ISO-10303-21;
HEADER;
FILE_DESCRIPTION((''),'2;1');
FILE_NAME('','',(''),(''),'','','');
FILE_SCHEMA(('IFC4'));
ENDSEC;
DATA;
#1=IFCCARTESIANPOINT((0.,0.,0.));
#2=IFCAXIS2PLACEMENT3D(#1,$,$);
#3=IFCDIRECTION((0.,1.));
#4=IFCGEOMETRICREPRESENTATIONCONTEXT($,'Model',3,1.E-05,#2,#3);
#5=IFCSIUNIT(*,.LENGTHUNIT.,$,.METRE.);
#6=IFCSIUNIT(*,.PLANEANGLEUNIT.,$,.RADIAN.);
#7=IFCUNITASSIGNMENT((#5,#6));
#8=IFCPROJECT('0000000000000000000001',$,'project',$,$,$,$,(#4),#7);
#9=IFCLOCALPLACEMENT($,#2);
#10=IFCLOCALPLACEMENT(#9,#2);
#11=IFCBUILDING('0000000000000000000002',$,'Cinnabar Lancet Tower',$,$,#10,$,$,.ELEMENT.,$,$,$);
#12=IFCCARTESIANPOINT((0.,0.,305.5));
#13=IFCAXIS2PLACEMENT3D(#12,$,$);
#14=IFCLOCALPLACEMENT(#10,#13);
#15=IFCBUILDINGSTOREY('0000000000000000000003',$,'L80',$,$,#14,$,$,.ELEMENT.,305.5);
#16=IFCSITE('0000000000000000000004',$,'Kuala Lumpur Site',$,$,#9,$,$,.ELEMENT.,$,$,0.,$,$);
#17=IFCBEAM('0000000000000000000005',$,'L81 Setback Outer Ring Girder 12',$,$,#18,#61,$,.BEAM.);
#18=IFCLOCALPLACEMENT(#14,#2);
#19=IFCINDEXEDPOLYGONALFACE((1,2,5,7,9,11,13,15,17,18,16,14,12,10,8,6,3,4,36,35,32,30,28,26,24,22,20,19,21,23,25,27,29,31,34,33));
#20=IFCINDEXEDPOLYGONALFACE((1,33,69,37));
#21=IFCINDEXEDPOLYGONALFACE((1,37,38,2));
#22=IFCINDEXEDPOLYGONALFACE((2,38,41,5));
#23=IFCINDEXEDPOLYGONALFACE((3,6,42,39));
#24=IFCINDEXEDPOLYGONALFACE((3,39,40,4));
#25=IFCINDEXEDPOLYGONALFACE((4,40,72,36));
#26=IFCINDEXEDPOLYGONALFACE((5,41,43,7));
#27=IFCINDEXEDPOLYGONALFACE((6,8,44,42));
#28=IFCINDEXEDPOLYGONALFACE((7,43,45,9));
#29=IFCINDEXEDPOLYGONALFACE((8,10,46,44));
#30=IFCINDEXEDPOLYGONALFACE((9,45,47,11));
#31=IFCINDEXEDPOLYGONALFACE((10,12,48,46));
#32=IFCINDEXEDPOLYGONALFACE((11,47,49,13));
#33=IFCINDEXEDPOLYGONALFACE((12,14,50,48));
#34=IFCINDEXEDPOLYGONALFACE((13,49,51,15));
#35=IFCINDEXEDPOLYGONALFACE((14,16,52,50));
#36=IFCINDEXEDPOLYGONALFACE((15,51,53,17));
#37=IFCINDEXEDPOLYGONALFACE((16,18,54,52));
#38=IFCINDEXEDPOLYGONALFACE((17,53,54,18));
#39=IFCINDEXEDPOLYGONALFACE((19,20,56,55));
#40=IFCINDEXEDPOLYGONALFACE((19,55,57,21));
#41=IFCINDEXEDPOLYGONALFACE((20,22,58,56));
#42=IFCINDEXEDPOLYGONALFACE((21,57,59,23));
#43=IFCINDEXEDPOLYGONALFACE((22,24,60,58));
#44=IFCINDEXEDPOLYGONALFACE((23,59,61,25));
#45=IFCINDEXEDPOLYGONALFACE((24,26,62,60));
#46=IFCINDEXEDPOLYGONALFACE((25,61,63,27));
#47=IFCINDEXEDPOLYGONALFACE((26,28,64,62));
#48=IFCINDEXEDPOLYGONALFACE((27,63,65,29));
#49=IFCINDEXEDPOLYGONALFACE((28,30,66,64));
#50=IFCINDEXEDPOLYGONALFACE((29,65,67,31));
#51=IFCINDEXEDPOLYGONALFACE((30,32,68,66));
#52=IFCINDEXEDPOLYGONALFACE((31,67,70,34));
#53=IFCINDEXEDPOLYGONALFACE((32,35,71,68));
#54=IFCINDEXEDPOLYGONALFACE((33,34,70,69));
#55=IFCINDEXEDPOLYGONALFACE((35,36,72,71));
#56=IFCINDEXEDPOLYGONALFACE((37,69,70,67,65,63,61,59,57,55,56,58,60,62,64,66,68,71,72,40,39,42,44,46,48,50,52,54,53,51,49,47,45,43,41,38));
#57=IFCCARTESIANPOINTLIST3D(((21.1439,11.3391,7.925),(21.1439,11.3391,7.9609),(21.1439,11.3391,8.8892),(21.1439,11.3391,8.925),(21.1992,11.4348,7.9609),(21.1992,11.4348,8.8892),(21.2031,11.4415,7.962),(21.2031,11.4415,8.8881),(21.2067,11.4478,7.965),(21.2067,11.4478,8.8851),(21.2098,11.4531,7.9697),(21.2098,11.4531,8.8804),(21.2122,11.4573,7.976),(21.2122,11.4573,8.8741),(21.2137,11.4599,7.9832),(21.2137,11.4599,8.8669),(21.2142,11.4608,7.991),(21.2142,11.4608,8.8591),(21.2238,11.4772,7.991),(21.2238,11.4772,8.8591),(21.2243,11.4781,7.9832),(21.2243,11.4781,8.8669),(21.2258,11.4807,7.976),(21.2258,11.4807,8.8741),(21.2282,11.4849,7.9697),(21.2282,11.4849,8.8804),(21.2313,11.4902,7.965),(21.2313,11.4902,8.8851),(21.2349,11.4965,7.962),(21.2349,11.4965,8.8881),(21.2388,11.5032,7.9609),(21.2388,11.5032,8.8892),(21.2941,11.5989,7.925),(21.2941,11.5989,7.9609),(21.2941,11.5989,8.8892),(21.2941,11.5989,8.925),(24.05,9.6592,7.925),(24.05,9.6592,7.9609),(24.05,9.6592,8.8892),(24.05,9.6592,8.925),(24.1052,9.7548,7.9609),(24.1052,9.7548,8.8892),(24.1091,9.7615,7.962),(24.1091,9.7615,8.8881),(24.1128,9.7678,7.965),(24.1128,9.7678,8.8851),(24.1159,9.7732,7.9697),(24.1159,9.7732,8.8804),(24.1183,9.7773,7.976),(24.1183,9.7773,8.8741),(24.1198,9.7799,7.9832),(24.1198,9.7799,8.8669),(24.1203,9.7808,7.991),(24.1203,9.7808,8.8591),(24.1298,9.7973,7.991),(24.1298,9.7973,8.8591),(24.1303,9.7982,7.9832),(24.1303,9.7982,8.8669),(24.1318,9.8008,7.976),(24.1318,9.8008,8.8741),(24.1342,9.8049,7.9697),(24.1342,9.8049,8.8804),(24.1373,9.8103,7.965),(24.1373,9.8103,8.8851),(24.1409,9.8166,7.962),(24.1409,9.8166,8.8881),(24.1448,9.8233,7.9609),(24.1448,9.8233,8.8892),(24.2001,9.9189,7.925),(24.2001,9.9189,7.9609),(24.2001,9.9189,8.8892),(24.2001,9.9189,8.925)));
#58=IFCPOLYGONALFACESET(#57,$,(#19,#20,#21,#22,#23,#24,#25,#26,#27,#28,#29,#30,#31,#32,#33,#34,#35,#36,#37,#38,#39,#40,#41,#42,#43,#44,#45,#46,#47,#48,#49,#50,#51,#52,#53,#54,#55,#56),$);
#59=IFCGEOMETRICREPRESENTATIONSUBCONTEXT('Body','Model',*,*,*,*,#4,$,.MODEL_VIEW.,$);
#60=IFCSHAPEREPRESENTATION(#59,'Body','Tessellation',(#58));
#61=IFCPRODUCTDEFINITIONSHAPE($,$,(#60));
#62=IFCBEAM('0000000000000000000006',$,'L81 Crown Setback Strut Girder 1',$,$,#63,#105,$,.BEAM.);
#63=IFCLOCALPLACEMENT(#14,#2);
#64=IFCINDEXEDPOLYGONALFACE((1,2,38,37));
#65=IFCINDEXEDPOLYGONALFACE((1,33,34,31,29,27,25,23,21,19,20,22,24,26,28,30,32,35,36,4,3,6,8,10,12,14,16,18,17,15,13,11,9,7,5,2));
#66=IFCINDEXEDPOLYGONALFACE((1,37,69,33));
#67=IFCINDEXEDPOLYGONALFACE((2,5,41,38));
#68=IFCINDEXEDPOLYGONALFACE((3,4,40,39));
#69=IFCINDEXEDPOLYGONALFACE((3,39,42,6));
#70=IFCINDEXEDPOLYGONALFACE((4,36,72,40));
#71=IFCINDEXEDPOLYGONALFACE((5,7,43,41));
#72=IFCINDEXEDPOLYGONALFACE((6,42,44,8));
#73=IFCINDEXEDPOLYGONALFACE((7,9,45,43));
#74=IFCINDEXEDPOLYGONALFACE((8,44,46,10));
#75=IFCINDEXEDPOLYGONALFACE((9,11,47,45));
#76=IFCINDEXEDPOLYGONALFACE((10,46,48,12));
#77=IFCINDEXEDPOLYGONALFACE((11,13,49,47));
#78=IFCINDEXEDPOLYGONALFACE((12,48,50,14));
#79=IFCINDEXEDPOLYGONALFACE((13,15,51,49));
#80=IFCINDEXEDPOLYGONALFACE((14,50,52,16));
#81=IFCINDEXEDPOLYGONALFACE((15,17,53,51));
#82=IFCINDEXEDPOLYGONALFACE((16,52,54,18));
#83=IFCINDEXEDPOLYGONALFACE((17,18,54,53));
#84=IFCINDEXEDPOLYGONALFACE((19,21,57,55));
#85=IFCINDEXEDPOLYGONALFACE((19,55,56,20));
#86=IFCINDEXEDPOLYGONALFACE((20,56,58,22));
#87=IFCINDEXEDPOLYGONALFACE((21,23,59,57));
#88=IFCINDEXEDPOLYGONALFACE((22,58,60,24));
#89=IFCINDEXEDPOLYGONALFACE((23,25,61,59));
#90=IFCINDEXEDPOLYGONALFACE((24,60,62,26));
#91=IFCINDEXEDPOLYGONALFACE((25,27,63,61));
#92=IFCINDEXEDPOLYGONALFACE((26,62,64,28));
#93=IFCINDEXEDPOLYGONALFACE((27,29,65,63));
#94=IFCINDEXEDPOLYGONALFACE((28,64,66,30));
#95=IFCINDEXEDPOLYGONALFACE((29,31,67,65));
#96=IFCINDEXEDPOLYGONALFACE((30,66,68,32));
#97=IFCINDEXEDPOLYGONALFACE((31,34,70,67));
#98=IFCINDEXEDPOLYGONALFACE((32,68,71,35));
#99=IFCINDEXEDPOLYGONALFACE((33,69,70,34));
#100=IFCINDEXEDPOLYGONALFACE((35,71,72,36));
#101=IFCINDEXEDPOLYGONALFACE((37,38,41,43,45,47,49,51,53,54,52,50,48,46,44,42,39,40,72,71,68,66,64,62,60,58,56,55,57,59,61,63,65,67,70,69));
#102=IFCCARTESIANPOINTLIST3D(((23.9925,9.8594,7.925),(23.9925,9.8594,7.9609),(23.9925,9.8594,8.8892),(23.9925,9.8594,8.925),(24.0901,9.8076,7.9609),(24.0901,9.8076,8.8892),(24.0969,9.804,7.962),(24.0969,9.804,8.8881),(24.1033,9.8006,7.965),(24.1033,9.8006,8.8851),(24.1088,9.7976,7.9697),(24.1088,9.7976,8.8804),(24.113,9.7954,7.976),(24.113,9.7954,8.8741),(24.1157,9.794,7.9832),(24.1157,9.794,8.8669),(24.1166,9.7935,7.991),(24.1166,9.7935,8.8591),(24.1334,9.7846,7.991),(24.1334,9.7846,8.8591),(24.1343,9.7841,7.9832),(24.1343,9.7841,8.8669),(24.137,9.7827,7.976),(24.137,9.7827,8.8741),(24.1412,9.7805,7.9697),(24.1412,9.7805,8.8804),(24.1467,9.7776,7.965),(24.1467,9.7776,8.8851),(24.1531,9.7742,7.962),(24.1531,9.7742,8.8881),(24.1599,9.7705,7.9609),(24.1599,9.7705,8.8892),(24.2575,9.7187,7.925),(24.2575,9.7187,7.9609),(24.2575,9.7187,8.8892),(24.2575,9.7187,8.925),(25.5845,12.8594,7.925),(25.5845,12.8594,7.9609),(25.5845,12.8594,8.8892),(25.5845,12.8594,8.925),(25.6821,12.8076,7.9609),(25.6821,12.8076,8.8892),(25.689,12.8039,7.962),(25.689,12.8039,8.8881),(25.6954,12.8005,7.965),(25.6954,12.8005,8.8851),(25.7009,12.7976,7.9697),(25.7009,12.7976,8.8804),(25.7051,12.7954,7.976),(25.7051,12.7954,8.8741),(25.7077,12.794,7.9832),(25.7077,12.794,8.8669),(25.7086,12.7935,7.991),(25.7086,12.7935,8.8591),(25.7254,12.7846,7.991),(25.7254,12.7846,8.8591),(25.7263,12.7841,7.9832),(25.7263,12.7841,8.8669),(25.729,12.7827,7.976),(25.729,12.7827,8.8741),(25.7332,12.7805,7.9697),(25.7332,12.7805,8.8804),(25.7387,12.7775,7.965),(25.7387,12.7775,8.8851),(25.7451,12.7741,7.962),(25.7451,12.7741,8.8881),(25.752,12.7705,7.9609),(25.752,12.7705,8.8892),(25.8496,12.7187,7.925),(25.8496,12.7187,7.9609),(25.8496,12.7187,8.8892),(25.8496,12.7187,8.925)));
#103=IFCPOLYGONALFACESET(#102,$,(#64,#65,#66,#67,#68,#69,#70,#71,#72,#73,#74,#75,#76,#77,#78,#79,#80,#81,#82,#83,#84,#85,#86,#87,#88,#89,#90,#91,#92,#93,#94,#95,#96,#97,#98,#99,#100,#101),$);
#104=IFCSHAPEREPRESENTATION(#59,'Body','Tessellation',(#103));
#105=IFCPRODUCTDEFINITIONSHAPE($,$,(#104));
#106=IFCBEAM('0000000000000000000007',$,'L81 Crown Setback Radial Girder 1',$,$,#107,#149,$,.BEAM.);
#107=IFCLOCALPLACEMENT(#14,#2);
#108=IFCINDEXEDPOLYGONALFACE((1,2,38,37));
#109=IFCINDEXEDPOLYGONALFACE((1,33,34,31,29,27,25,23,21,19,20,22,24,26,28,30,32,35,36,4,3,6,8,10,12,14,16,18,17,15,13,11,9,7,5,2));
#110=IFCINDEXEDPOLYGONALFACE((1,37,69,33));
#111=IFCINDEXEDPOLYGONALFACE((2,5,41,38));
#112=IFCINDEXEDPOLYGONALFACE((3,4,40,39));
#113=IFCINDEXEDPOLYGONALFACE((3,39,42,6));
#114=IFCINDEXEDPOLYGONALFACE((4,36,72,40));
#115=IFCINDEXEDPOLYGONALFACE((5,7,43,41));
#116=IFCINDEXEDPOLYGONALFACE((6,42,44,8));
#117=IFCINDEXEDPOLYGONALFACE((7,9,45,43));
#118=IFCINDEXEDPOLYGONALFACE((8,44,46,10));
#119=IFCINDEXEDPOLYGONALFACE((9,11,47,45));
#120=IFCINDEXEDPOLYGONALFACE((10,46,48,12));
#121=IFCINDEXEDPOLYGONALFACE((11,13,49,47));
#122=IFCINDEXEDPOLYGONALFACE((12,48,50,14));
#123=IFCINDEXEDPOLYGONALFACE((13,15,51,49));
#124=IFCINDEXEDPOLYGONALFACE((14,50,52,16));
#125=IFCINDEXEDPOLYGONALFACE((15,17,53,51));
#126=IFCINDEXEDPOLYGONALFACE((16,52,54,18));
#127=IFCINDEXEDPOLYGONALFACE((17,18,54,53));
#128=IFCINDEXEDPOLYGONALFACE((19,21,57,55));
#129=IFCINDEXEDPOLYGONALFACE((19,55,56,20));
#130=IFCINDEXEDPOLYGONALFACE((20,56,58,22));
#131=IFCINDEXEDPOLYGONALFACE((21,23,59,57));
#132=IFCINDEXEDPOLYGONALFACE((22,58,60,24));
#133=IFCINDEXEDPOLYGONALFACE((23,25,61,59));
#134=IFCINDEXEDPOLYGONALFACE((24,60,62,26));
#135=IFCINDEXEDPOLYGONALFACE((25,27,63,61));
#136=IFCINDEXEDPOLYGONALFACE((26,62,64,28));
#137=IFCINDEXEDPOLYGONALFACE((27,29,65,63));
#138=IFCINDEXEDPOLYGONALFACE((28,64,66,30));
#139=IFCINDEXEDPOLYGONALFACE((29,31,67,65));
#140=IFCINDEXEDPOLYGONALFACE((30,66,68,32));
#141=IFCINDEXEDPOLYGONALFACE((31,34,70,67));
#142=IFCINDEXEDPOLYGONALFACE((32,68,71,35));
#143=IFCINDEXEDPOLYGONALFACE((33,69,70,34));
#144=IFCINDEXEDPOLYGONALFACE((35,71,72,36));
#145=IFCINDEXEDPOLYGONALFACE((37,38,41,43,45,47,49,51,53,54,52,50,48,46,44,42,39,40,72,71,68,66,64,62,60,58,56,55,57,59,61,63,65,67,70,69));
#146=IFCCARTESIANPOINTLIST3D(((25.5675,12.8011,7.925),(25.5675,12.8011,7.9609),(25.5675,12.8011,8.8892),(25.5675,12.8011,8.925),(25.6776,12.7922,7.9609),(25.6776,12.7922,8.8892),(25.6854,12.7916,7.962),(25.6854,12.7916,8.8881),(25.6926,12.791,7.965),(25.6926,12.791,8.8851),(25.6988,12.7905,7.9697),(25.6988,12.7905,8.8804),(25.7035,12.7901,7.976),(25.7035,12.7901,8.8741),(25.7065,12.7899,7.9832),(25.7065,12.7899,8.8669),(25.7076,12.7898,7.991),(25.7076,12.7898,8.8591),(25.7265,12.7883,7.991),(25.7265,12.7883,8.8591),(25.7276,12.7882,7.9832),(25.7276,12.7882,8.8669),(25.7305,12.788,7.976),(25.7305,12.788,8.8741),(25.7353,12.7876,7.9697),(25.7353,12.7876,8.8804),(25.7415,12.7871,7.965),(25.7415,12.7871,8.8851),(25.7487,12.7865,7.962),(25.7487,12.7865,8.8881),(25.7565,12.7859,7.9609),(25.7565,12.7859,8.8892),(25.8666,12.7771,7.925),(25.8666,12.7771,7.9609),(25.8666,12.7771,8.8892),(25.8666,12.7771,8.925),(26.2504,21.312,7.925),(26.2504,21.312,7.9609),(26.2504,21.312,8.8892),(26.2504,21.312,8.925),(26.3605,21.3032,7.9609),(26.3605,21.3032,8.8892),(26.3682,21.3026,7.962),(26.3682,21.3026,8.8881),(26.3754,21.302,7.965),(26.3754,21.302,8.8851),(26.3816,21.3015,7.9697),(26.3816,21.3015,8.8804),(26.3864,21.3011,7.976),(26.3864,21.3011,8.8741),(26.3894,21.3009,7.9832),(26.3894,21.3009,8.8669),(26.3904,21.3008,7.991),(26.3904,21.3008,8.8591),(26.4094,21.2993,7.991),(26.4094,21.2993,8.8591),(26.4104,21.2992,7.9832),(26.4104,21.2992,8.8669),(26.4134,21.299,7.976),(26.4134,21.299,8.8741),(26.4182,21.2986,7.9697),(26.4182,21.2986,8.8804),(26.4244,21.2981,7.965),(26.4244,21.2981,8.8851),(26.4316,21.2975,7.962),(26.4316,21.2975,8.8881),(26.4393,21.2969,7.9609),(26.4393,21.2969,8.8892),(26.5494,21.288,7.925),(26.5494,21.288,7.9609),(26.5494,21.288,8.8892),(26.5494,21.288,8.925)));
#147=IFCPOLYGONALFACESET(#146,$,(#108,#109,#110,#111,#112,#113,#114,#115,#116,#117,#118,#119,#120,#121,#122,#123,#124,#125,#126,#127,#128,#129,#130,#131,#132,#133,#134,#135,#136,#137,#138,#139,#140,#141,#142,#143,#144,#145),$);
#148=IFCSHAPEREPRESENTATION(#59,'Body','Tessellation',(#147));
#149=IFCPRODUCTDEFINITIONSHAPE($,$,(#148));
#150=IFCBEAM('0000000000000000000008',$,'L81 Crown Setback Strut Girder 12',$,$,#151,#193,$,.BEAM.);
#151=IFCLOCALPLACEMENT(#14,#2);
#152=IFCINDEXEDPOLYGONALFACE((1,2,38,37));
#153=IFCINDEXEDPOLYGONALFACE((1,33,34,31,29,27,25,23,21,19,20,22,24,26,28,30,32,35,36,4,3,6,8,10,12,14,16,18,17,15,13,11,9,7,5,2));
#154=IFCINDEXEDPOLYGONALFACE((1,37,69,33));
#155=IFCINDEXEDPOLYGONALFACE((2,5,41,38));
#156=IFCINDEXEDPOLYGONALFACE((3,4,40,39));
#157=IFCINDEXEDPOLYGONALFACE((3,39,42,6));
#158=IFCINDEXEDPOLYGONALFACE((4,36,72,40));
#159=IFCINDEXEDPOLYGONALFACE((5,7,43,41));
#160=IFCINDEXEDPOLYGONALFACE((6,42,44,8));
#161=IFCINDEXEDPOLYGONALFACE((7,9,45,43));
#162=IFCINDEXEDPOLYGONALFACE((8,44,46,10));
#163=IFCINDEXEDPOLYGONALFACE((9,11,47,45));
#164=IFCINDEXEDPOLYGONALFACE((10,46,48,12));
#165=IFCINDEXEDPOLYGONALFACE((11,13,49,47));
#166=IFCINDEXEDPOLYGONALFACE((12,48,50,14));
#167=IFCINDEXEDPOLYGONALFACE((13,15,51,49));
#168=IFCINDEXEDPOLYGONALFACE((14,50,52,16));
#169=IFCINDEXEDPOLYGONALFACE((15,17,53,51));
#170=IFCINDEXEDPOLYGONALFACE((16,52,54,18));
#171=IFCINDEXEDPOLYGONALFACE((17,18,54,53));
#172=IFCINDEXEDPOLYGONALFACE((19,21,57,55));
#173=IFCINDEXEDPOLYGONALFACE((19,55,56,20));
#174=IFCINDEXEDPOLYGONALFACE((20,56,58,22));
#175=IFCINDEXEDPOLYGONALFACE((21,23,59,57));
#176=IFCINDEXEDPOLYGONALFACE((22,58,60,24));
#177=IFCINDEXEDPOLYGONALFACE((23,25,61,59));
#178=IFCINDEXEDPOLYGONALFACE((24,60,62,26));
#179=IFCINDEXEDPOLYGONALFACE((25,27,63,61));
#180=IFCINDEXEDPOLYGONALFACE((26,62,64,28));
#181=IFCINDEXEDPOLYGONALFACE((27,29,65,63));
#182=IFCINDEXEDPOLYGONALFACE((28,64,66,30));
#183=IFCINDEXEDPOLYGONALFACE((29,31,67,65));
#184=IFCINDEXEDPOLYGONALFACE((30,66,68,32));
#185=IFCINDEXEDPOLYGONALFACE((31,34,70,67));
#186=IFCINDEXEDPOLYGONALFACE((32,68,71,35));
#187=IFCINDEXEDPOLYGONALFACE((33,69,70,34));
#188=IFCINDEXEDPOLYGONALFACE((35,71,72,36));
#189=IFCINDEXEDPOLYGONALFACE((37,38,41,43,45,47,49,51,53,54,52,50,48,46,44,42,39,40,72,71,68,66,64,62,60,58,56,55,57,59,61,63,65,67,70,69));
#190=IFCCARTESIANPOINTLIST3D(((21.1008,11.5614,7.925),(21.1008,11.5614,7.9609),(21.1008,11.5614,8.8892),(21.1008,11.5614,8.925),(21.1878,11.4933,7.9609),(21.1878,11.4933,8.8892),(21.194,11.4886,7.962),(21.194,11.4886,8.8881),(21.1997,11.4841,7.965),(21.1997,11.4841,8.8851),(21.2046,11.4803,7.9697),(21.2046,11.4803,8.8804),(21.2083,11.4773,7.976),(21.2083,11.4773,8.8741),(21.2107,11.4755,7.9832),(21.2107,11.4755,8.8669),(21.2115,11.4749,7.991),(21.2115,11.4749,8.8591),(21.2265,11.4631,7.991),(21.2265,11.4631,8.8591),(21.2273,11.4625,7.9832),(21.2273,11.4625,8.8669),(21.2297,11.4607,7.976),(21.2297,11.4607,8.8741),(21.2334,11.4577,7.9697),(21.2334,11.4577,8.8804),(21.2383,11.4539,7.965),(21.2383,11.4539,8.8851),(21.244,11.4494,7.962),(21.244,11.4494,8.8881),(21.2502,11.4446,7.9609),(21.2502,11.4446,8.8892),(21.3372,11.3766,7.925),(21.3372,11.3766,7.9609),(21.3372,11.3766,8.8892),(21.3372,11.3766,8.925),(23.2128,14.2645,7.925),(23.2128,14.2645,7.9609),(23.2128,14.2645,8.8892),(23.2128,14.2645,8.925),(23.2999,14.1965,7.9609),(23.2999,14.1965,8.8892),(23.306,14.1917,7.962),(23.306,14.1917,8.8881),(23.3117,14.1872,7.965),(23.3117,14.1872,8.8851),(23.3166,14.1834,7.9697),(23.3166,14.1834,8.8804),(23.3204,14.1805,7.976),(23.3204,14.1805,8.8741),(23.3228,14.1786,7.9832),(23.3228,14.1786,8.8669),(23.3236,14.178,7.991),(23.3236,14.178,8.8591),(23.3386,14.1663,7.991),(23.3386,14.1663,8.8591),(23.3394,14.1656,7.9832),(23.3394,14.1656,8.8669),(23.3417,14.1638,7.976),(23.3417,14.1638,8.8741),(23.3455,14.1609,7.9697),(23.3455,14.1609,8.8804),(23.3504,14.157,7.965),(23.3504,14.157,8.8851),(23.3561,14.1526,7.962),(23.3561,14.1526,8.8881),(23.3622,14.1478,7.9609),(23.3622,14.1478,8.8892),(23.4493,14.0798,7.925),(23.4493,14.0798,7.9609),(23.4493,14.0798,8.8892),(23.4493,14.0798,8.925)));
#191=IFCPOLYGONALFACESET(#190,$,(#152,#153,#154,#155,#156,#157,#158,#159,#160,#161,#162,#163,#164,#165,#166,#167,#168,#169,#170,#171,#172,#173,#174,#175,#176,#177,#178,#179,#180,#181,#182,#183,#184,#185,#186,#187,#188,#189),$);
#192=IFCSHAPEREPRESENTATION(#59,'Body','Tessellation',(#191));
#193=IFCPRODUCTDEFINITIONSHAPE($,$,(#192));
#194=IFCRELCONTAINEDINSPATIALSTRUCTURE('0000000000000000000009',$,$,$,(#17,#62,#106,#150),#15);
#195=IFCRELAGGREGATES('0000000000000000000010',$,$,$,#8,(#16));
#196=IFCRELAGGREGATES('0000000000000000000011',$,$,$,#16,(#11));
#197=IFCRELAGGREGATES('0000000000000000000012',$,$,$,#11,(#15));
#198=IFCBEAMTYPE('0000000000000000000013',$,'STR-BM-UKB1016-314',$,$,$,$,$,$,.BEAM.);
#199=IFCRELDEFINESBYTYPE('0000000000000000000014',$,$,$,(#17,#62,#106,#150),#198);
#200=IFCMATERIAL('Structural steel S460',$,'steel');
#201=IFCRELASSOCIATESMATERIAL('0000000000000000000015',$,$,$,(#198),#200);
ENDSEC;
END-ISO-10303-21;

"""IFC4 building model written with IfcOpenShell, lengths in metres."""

from ifc_helpers import new_model, si_unit, direction, frame, origin, origin_2d, place, context, subcontext, project, spatial, i_section, extrude, material, material_profile, profile_set, type_object, element, save


model = new_model("IFC4")

# Units and contexts
model_context = context("Model", 3, precision=1e-05, world=origin(), true_north=direction((0.0, 1.0)))
body_context = subcontext(model_context, "Body", "Model", "MODEL_VIEW")
ifc_project = project(units=[si_unit("LENGTHUNIT", "METRE"), si_unit("PLANEANGLEUNIT", "RADIAN")], contexts=[model_context])

# Site, building, storey
site_placement = place(None, origin())
site = spatial("IfcSite", under=ifc_project, at=site_placement, Name="Kuala Lumpur Site", CompositionType="ELEMENT", RefElevation=0.0)
building_placement = place(site_placement, origin())
building = spatial("IfcBuilding", under=site, at=building_placement, Name="Cinnabar Lancet Tower", CompositionType="ELEMENT")
storey_placement = place(building_placement, frame((0.0, 0.0, 305.5)))
storey = spatial("IfcBuildingStorey", under=building, at=storey_placement, Name="L80", CompositionType="ELEMENT", Elevation=305.5)

# Beams
ifc_material_1 = material(Name="Structural steel S460", Category="steel")
ifc_material_profile_1 = material_profile(ifc_material_1, i_section(OverallWidth=0.3, OverallDepth=1.0, WebThickness=0.019, FlangeThickness=0.0359, FilletRadius=0.03, at=origin_2d()), Name="UKB 1016x305x314")
ifc_profile_set_1 = profile_set([ifc_material_profile_1], Name="Structural steel S460")
beam_type = type_object("IfcBeamType", Name="STR-BM-UKB1016-314", PredefinedType="BEAM", material=ifc_profile_set_1)
beam_1_placement = place(storey_placement, frame((21.219, 11.469, 8.425), z_axis=(0.865748, -0.50048, 0.0), x_axis=(0.50048, 0.865748, 0.0)))
element("IfcBeam", 1, at=beam_1_placement, inside=storey, type_object=beam_type, Name="L81 Setback Outer Ring Girder 12", PredefinedType="BEAM", context=body_context, shape_type="SweptSolid", body=[
    extrude(i_section(OverallWidth=0.3, OverallDepth=1.0, WebThickness=0.019, FlangeThickness=0.0359, FilletRadius=0.03, at=origin_2d()), origin(), (0.0, 0.0, 1.0), 3.3567),
])
beam_2_placement = place(storey_placement, frame((24.125, 9.7891, 8.425), z_axis=(0.468763, 0.883324, 0.0), x_axis=(-0.883324, 0.468763, 0.0)))
element("IfcBeam", 2, at=beam_2_placement, inside=storey, type_object=beam_type, Name="L81 Crown Setback Strut Girder 1", PredefinedType="BEAM", context=body_context, shape_type="SweptSolid", body=[
    extrude(i_section(OverallWidth=0.3, OverallDepth=1.0, WebThickness=0.019, FlangeThickness=0.0359, FilletRadius=0.03, at=origin_2d()), origin(), (0.0, 0.0, 1.0), 3.3962),
])
beam_3_placement = place(storey_placement, frame((25.717, 12.7891, 8.425), z_axis=(0.079976, 0.996797, 0.0), x_axis=(-0.996797, 0.079976, 0.0)))
element("IfcBeam", 3, at=beam_3_placement, inside=storey, type_object=beam_type, Name="L81 Crown Setback Radial Girder 1", PredefinedType="BEAM", context=body_context, shape_type="SweptSolid", body=[
    extrude(i_section(OverallWidth=0.3, OverallDepth=1.0, WebThickness=0.019, FlangeThickness=0.0359, FilletRadius=0.03, at=origin_2d()), origin(), (0.0, 0.0, 1.0), 8.5383),
])
beam_4_placement = place(storey_placement, frame((21.219, 11.469, 8.425), z_axis=(0.615688, 0.78799, 0.0), x_axis=(-0.78799, 0.615688, 0.0)))
element("IfcBeam", 4, at=beam_4_placement, inside=storey, type_object=beam_type, Name="L81 Crown Setback Strut Girder 12", PredefinedType="BEAM", context=body_context, shape_type="SweptSolid", body=[
    extrude(i_section(OverallWidth=0.3, OverallDepth=1.0, WebThickness=0.019, FlangeThickness=0.0359, FilletRadius=0.03, at=origin_2d()), origin(), (0.0, 0.0, 1.0), 3.4304),
])

save(model, "model.ifc")
